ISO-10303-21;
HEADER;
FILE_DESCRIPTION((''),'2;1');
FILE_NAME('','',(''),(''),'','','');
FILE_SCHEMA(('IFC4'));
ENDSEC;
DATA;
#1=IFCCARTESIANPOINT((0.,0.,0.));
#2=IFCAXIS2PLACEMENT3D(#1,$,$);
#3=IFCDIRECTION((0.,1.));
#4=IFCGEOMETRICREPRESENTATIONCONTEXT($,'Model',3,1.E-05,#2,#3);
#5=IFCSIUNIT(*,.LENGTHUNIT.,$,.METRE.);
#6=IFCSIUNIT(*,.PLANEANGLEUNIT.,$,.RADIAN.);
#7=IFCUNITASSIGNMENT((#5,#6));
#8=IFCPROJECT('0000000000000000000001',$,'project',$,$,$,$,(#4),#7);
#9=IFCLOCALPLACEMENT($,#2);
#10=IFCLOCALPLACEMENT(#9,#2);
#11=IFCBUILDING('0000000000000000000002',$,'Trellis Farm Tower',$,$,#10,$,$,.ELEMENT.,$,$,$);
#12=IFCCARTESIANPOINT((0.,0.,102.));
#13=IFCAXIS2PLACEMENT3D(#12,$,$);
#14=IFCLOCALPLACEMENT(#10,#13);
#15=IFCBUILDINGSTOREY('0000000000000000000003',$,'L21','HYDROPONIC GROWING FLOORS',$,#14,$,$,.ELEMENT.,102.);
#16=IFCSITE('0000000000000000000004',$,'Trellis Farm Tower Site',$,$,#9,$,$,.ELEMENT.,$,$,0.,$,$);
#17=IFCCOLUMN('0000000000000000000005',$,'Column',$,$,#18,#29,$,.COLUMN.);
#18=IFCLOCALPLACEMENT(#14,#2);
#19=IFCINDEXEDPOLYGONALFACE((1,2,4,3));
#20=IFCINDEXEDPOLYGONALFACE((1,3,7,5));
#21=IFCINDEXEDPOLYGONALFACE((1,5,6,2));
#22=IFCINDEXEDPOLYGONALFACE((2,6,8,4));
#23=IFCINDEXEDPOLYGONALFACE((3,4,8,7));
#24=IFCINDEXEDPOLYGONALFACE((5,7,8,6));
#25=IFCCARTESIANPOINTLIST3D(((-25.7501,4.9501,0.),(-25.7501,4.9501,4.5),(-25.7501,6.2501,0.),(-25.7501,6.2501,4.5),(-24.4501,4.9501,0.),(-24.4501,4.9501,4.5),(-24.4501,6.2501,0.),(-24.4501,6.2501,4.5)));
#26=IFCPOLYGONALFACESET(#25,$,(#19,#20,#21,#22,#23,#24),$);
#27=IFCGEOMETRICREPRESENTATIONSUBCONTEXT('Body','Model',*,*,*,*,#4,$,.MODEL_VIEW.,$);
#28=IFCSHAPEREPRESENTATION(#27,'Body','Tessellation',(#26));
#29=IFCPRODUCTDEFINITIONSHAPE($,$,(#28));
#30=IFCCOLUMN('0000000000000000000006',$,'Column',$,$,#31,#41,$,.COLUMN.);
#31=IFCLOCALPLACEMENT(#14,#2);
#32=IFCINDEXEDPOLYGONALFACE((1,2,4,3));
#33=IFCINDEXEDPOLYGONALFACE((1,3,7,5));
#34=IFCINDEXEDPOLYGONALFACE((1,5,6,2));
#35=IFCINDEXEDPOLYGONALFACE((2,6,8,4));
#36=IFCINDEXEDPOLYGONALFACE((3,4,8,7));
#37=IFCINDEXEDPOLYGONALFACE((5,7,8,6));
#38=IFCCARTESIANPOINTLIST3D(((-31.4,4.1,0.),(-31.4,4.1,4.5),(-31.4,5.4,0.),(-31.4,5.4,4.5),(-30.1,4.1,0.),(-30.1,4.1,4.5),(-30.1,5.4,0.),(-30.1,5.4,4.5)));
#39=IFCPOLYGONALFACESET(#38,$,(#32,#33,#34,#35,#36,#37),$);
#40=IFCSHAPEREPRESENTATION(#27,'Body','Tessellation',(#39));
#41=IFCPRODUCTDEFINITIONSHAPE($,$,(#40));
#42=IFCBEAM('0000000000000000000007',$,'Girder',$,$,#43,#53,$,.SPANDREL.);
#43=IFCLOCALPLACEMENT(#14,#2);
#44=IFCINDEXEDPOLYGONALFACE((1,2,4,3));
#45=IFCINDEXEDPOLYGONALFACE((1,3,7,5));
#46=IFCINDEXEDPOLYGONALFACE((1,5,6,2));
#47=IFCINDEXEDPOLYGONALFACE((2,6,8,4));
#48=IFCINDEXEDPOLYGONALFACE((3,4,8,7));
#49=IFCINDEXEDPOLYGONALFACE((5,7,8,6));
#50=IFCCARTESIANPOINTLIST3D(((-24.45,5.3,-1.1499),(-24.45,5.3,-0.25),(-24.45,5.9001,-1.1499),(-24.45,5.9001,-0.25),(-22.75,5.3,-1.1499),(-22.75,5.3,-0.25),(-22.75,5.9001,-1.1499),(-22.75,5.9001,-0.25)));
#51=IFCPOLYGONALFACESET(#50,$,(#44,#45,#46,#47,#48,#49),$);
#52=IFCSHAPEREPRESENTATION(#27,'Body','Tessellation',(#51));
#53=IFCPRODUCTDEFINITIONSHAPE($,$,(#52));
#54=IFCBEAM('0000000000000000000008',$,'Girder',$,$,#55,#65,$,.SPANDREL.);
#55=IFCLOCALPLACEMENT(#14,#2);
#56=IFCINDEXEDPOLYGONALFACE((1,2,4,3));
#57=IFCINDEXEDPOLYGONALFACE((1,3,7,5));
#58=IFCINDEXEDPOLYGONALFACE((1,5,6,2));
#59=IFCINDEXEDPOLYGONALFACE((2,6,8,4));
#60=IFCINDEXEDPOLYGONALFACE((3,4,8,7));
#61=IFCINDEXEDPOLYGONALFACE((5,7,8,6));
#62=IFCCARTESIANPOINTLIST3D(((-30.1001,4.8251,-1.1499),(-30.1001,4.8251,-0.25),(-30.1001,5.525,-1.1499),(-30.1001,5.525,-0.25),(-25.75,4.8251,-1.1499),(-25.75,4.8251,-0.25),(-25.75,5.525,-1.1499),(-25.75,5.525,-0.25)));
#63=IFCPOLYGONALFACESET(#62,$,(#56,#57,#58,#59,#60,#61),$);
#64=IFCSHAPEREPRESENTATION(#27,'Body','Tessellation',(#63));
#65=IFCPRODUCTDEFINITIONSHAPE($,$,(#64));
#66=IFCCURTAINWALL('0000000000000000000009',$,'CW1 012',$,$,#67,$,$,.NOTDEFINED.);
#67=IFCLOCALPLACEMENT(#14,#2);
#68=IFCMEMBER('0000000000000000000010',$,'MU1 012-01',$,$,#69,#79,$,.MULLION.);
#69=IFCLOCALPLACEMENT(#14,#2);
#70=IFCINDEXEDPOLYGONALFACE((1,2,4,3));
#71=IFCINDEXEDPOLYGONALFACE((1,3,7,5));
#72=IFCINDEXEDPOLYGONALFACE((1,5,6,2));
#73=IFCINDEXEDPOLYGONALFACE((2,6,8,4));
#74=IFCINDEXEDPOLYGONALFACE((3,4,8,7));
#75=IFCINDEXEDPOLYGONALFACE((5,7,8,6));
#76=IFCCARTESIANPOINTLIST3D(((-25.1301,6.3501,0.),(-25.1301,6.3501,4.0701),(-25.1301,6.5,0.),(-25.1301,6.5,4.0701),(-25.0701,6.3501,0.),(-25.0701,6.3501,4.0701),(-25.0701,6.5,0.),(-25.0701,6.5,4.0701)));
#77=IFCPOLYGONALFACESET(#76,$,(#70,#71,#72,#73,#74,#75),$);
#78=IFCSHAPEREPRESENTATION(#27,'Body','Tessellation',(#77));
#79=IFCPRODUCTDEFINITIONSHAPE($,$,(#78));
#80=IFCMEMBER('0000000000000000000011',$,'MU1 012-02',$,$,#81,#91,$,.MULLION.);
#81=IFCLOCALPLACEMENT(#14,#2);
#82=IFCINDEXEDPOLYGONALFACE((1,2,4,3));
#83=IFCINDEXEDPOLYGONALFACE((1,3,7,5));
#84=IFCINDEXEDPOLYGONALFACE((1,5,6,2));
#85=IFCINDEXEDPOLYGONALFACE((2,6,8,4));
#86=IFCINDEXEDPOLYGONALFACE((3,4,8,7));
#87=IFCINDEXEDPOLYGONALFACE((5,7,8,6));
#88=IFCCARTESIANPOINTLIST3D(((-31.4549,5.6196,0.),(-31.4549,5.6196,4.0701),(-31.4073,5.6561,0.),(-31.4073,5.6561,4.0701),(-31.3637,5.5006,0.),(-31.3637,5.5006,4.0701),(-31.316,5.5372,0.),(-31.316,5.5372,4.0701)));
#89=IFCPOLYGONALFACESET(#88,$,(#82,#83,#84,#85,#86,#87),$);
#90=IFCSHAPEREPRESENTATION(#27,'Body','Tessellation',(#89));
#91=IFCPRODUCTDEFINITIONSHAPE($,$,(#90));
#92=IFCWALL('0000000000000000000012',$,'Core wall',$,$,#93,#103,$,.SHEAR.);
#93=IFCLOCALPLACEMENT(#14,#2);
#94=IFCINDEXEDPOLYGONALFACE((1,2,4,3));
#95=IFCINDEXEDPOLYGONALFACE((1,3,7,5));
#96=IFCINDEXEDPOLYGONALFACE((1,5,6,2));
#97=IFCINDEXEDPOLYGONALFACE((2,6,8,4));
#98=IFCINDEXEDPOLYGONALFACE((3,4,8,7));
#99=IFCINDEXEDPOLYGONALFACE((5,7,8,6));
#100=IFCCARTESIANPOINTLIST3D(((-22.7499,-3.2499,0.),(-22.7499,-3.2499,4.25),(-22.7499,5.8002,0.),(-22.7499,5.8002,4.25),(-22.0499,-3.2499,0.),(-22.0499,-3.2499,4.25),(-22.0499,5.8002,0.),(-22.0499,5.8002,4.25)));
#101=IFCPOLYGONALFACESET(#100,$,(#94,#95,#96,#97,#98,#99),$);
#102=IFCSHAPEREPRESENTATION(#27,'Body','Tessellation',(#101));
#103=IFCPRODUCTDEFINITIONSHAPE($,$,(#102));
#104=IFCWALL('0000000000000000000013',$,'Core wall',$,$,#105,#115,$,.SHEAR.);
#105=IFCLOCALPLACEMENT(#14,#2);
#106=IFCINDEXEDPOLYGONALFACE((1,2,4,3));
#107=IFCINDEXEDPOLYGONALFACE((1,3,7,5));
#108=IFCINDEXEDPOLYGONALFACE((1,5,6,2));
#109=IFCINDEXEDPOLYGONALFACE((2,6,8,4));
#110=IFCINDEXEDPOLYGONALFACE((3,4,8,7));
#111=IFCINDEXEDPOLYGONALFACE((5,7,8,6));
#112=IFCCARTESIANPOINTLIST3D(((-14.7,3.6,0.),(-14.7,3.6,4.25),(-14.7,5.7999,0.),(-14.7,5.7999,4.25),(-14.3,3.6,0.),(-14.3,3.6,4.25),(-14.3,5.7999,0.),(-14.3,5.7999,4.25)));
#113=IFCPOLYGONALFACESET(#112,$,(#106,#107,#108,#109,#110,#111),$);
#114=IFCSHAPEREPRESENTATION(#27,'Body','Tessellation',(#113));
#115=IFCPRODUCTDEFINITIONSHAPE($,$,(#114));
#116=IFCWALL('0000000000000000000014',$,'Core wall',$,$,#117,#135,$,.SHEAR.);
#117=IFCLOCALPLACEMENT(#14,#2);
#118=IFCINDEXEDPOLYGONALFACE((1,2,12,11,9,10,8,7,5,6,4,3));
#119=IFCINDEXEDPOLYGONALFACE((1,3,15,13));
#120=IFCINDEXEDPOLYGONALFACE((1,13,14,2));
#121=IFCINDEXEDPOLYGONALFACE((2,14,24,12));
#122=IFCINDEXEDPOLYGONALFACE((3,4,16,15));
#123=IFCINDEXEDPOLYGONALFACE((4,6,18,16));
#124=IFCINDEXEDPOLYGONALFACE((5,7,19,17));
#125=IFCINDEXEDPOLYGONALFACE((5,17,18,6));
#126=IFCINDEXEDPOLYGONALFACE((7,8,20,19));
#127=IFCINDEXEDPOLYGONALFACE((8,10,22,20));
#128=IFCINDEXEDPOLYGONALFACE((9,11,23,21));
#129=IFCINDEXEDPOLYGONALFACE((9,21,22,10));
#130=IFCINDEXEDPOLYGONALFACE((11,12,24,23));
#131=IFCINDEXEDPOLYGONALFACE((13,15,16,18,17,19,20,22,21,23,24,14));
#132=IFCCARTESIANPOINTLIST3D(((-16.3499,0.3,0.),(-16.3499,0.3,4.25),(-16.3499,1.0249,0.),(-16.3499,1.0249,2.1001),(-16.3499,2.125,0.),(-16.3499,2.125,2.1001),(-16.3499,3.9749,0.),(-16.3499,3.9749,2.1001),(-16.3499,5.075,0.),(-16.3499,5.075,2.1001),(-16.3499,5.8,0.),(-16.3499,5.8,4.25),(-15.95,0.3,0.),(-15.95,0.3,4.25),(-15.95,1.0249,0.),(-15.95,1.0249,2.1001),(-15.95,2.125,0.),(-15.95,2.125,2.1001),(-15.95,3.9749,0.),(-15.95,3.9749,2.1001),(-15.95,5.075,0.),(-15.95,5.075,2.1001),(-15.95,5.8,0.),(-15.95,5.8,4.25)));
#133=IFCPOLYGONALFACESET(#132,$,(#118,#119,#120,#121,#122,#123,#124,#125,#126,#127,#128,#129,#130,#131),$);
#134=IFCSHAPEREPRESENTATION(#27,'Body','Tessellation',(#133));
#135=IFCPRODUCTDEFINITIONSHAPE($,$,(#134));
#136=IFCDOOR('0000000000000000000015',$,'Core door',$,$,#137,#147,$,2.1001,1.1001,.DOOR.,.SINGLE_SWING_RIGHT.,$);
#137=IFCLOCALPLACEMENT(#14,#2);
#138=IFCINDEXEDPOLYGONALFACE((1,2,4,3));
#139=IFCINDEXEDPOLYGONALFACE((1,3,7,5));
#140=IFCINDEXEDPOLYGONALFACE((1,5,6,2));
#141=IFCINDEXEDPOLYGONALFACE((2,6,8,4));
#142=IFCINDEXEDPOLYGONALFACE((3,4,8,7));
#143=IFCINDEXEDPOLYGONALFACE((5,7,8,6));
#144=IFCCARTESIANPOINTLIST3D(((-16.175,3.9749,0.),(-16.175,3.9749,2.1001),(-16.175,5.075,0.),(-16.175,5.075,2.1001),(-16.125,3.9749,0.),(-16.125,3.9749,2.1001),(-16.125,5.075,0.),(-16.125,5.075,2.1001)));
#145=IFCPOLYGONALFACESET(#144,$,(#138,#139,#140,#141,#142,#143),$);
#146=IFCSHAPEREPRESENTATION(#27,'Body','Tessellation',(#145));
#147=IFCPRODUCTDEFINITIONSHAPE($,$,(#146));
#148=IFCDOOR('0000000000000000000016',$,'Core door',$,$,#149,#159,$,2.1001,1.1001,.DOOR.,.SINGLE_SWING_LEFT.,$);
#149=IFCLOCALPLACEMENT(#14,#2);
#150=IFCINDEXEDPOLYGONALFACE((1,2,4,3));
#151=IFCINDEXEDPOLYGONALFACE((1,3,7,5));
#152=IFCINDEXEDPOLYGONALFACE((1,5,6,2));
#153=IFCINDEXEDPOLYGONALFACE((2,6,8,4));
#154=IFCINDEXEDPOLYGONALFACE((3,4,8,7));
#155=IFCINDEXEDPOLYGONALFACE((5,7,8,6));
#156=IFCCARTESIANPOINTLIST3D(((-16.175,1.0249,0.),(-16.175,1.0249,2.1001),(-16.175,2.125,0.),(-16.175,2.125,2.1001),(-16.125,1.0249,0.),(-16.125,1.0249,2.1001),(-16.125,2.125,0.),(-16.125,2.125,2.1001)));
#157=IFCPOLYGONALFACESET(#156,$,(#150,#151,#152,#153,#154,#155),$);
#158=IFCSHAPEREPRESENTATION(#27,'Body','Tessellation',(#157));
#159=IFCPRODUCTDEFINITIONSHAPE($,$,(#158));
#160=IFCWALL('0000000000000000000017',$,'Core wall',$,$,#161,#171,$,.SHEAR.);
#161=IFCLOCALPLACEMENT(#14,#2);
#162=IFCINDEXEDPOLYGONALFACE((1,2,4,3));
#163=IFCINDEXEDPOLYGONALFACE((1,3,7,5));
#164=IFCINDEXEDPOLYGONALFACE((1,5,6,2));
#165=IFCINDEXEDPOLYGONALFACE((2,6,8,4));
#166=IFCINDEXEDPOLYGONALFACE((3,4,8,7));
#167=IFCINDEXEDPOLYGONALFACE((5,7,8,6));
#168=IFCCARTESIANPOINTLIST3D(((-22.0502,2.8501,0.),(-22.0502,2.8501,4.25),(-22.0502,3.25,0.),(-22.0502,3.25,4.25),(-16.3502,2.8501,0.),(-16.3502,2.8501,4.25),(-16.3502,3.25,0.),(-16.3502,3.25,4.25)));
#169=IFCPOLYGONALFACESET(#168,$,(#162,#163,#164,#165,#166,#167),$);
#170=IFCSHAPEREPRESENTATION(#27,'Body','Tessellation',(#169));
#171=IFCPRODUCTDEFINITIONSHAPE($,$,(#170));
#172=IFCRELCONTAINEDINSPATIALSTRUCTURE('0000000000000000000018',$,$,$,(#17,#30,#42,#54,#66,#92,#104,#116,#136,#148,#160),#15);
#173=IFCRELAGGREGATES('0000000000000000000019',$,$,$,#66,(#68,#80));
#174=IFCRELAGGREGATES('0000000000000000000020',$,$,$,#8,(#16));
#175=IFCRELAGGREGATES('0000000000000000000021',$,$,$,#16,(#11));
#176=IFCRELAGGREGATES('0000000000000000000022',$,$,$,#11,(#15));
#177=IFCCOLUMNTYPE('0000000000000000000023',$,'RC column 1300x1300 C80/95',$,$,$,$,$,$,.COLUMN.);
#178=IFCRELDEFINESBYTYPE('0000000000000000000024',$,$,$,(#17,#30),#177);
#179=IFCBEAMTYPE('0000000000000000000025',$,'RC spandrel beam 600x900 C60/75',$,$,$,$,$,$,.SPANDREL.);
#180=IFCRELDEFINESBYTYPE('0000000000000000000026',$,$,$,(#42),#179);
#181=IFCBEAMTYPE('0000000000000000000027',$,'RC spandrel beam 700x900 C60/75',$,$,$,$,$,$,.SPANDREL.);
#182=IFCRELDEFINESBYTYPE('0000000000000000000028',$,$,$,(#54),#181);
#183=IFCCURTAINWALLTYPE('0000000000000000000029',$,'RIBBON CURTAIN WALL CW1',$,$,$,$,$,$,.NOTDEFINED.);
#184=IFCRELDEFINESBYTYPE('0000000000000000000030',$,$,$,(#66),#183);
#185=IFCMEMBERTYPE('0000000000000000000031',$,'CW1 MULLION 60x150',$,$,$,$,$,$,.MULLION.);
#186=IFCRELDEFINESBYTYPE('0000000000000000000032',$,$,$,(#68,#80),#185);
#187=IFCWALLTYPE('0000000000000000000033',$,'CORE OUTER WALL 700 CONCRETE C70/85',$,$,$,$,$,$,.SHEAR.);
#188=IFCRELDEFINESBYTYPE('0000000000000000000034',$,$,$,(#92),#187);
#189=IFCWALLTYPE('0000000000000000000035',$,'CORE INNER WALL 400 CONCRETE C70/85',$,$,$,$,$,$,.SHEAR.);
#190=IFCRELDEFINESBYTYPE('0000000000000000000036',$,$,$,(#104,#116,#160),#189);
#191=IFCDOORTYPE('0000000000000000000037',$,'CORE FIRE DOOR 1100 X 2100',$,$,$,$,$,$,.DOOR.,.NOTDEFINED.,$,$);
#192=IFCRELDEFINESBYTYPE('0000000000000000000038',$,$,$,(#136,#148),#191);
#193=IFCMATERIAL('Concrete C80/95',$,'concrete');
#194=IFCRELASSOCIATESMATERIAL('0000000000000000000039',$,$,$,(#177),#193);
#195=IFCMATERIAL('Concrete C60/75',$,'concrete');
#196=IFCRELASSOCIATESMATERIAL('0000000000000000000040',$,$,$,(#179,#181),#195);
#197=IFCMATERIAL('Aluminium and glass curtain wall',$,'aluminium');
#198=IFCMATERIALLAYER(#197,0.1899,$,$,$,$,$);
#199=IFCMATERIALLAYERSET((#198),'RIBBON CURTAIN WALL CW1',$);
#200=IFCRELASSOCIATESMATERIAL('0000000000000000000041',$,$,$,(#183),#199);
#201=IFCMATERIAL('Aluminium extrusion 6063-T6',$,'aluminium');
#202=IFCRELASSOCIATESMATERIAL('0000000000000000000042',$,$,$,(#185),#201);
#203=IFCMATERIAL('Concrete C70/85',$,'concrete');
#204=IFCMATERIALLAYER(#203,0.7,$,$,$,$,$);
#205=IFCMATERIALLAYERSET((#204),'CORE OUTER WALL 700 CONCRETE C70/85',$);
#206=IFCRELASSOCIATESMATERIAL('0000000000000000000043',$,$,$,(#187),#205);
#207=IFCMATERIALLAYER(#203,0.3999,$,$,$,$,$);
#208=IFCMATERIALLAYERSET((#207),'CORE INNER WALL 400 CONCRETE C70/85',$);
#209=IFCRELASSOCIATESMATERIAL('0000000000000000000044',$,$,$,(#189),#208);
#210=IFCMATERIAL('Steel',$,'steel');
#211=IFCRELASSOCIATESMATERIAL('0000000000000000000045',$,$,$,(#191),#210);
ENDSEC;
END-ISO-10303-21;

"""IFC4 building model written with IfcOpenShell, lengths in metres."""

from ifc_helpers import new_model, si_unit, direction, frame, frame_2d, origin, origin_2d, place, context, subcontext, project, spatial, rectangle, extrude, source, transform, mapped, material, layer, layer_set, material_profile, profile_set, type_object, element, fill, aggregate, save


model = new_model("IFC4")

# Units and contexts
model_context = context("Model", 3, precision=1e-05, world=origin(), true_north=direction((0.0, 1.0)))
body_context = subcontext(model_context, "Body", "Model", "MODEL_VIEW")
ifc_project = project(units=[si_unit("LENGTHUNIT", "METRE"), si_unit("PLANEANGLEUNIT", "RADIAN")], contexts=[model_context])

# Site, building, storey
site_placement = place(None, origin())
site = spatial("IfcSite", under=ifc_project, at=site_placement, Name="Trellis Farm Tower Site", CompositionType="ELEMENT", RefElevation=0.0)
building_placement = place(site_placement, origin())
building = spatial("IfcBuilding", under=site, at=building_placement, Name="Trellis Farm Tower", CompositionType="ELEMENT")
storey_placement = place(building_placement, frame((0.0, 0.0, 102.0)))
storey = spatial("IfcBuildingStorey", under=building, at=storey_placement, Name="L21", Description="HYDROPONIC GROWING FLOORS", CompositionType="ELEMENT", Elevation=102.0)

# Columns
ifc_material_1 = material(Name="Concrete C80/95", Category="concrete")
ifc_material_profile_1 = material_profile(ifc_material_1, rectangle(XDim=1.3, YDim=1.3, at=origin_2d()), Name="RC column 1300x1300 C80/95")
ifc_profile_set_1 = profile_set([ifc_material_profile_1], Name="Concrete C80/95")
column_type = type_object("IfcColumnType", Name="RC column 1300x1300 C80/95", PredefinedType="COLUMN", material=ifc_profile_set_1)
shared_shape_1 = source(origin(), body_context, "Body", "SweptSolid", [
    extrude(rectangle(XDim=1.3, YDim=1.3, at=origin_2d()), origin(), (0.0, 0.0, 1.0), 4.5),
])
for number, where, z_axis, x_axis, name in (
    (1, (-25.1001, 5.6001, 0.0), (0.0, 0.0, 1.0), (1.0, 0.0, 0.0), "Column"),
    (2, (-30.75, 4.75, 0.0), (0.0, 0.0, 1.0), (1.0, 0.0, 0.0), "Column"),
):
    element("IfcColumn", number, at=place(storey_placement, frame(where, z_axis=z_axis, x_axis=x_axis)), inside=storey, type_object=column_type, Name=name, PredefinedType="COLUMN", context=body_context, shape_type="MappedRepresentation", body=[
        mapped(shared_shape_1, transform((0.0, 0.0, 0.0))),
    ])

# Beams
ifc_material_2 = material(Name="Concrete C60/75", Category="concrete")
ifc_material_profile_2 = material_profile(ifc_material_2, rectangle(XDim=0.6001, YDim=0.8999, at=origin_2d()), Name="RC spandrel beam 600x900 C60/75")
ifc_profile_set_2 = profile_set([ifc_material_profile_2], Name="Concrete C60/75")
beam_type_1 = type_object("IfcBeamType", Name="RC spandrel beam 600x900 C60/75", PredefinedType="SPANDREL", material=ifc_profile_set_2)
shared_shape_2 = source(origin(), body_context, "Body", "SweptSolid", [
    extrude(rectangle(XDim=0.6001, YDim=0.8999, at=origin_2d()), origin(), (0.0, 0.0, 1.0), 1.7),
])
beam_1_placement = place(storey_placement, frame((-24.45, 5.6001, -0.7), z_axis=(1.0, 0.0, 0.0), x_axis=(0.0, 1.0, 0.0)))
element("IfcBeam", 3, at=beam_1_placement, inside=storey, type_object=beam_type_1, Name="Girder", PredefinedType="SPANDREL", context=body_context, shape_type="MappedRepresentation", body=[
    mapped(shared_shape_2, transform((0.0, 0.0, 0.0))),
])
ifc_material_profile_3 = material_profile(ifc_material_2, rectangle(XDim=0.7, YDim=0.8999, at=origin_2d()), Name="RC spandrel beam 700x900 C60/75")
ifc_profile_set_3 = profile_set([ifc_material_profile_3], Name="Concrete C60/75")
beam_type_2 = type_object("IfcBeamType", Name="RC spandrel beam 700x900 C60/75", PredefinedType="SPANDREL", material=ifc_profile_set_3)
shared_shape_3 = source(origin(), body_context, "Body", "SweptSolid", [
    extrude(rectangle(XDim=0.7, YDim=0.8999, at=origin_2d()), origin(), (0.0, 0.0, 1.0), 4.3501),
])
beam_2_placement = place(storey_placement, frame((-30.1001, 5.175, -0.7), z_axis=(1.0, 0.0, 0.0), x_axis=(0.0, 1.0, 0.0)))
element("IfcBeam", 4, at=beam_2_placement, inside=storey, type_object=beam_type_2, Name="Girder", PredefinedType="SPANDREL", context=body_context, shape_type="MappedRepresentation", body=[
    mapped(shared_shape_3, transform((0.0, 0.0, 0.0))),
])

# Curtain wall, members
ifc_material_3 = material(Name="Aluminium and glass curtain wall", Category="aluminium")
ifc_layer_1 = layer(ifc_material_3, 0.1899)
ifc_layer_set_1 = layer_set([ifc_layer_1], Name="RIBBON CURTAIN WALL CW1")
curtain_wall_type = type_object("IfcCurtainWallType", Name="RIBBON CURTAIN WALL CW1", PredefinedType="NOTDEFINED", material=ifc_layer_set_1)
placement = place(storey_placement, origin())
curtain_wall = element("IfcCurtainWall", 5, at=placement, inside=storey, type_object=curtain_wall_type, Name="CW1 012", PredefinedType="NOTDEFINED")
ifc_material_4 = material(Name="Aluminium extrusion 6063-T6", Category="aluminium")
ifc_material_profile_4 = material_profile(ifc_material_4, rectangle(XDim=0.0601, YDim=0.1499, at=origin_2d()), Name="MULLION 60x150")
ifc_profile_set_4 = profile_set([ifc_material_profile_4], Name="Aluminium extrusion 6063-T6")
member_type = type_object("IfcMemberType", Name="CW1 MULLION 60x150", PredefinedType="MULLION", material=ifc_profile_set_4)
shared_shape_4 = source(origin(), body_context, "Body", "SweptSolid", [
    extrude(rectangle(XDim=0.0601, YDim=0.1499, at=origin_2d()), origin(), (0.0, 0.0, 1.0), 4.0701),
])
member_1_placement = place(storey_placement, frame((-25.1001, 6.425, 0.0), z_axis=(0.0, 0.0, 1.0), x_axis=(-1.0, 0.0, 0.0)))
member_1 = element("IfcMember", 6, at=member_1_placement, type_object=member_type, Name="MU1 012-01", PredefinedType="MULLION", context=body_context, shape_type="MappedRepresentation", body=[
    mapped(shared_shape_4, transform((0.0, 0.0, 0.0))),
])
member_2_placement = place(storey_placement, frame((-31.3855, 5.5784, 0.0), z_axis=(0.0, 0.0, 1.0), x_axis=(-0.793353, -0.608761, 0.0)))
member_2 = element("IfcMember", 7, at=member_2_placement, type_object=member_type, Name="MU1 012-02", PredefinedType="MULLION", context=body_context, shape_type="MappedRepresentation", body=[
    mapped(shared_shape_4, transform((0.0, 0.0, 0.0))),
])
aggregate(curtain_wall, [member_1, member_2])

# Walls
ifc_material_5 = material(Name="Concrete C70/85", Category="concrete")
ifc_layer_2 = layer(ifc_material_5, 0.7)
ifc_layer_set_2 = layer_set([ifc_layer_2], Name="CORE OUTER WALL 700 CONCRETE C70/85")
wall_type_1 = type_object("IfcWallType", Name="CORE OUTER WALL 700 CONCRETE C70/85", PredefinedType="SHEAR", material=ifc_layer_set_2)
shared_shape_5 = source(origin(), body_context, "Body", "SweptSolid", [
    extrude(rectangle(XDim=9.05, YDim=0.7, at=frame_2d((4.5249, 0.0))), origin(), (0.0, 0.0, 1.0), 4.25),
])
wall_1_placement = place(storey_placement, frame((-22.3999, 5.8, 0.0), z_axis=(0.0, 0.0, 1.0), x_axis=(0.0, -1.0, 0.0)))
element("IfcWall", 8, at=wall_1_placement, inside=storey, type_object=wall_type_1, Name="Core wall", PredefinedType="SHEAR", context=body_context, shape_type="MappedRepresentation", body=[
    mapped(shared_shape_5, transform((0.0, 0.0, 0.0))),
])
ifc_layer_3 = layer(ifc_material_5, 0.3999)
ifc_layer_set_3 = layer_set([ifc_layer_3], Name="CORE INNER WALL 400 CONCRETE C70/85")
wall_type_2 = type_object("IfcWallType", Name="CORE INNER WALL 400 CONCRETE C70/85", PredefinedType="SHEAR", material=ifc_layer_set_3)
shared_shape_6 = source(origin(), body_context, "Body", "SweptSolid", [
    extrude(rectangle(XDim=2.2, YDim=0.3999, at=frame_2d((1.1001, 0.0))), origin(), (0.0, 0.0, 1.0), 4.25),
])
wall_2_placement = place(storey_placement, frame((-14.5, 5.8, 0.0), z_axis=(0.0, 0.0, 1.0), x_axis=(0.0, -1.0, 0.0)))
element("IfcWall", 9, at=wall_2_placement, inside=storey, type_object=wall_type_2, Name="Core wall", PredefinedType="SHEAR", context=body_context, shape_type="MappedRepresentation", body=[
    mapped(shared_shape_6, transform((0.0, 0.0, 0.0))),
])

# Wall, openings, doors
shared_shape_7 = source(origin(), body_context, "Body", "SweptSolid", [
    extrude(rectangle(XDim=5.5, YDim=0.3999, at=frame_2d((2.75, 0.0))), origin(), (0.0, 0.0, 1.0), 4.25),
])
wall_3_placement = place(storey_placement, frame((-16.1499, 5.8, 0.0), z_axis=(0.0, 0.0, 1.0), x_axis=(0.0, -1.0, 0.0)))
wall_3 = element("IfcWall", 10, at=wall_3_placement, inside=storey, type_object=wall_type_2, Name="Core wall", PredefinedType="SHEAR", context=body_context, shape_type="MappedRepresentation", body=[
    mapped(shared_shape_7, transform((0.0, 0.0, 0.0))),
])
shared_shape_8 = source(origin(), body_context, "Body", "SweptSolid", [
    extrude(rectangle(XDim=1.1001, YDim=2.1001, at=frame_2d((0.55, 1.05))), frame((0.0, 0.21, 0.0), z_axis=(0.0, -1.0, 0.0), x_axis=(1.0, 0.0, 0.0)), (0.0, 0.0, 1.0), 0.4199),
])
opening_1_placement = place(wall_3_placement, frame((0.7251, 0.0, 0.0)))
opening_1 = element("IfcOpeningElement", 11, at=opening_1_placement, cuts=wall_3, PredefinedType="OPENING", context=body_context, shape_type="MappedRepresentation", body=[
    mapped(shared_shape_8, transform((0.0, 0.0, 0.0))),
])
opening_2_placement = place(wall_3_placement, frame((3.675, 0.0, 0.0)))
opening_2 = element("IfcOpeningElement", 12, at=opening_2_placement, cuts=wall_3, PredefinedType="OPENING", context=body_context, shape_type="MappedRepresentation", body=[
    mapped(shared_shape_8, transform((0.0, 0.0, 0.0))),
])
ifc_material_6 = material(Name="Steel", Category="steel")
door_type = type_object("IfcDoorType", Name="CORE FIRE DOOR 1100 X 2100", OperationType="NOTDEFINED", PredefinedType="DOOR", material=ifc_material_6)
shared_shape_9 = source(origin(), body_context, "Body", "SweptSolid", [
    extrude(rectangle(XDim=1.1001, YDim=2.1001, at=frame_2d((0.55, 1.05))), frame((0.0, 0.0249, 0.0), z_axis=(0.0, -1.0, 0.0), x_axis=(1.0, 0.0, 0.0)), (0.0, 0.0, 1.0), 0.05),
])
door_1_placement = place(opening_1_placement, origin())
door_1 = element("IfcDoor", 13, at=door_1_placement, inside=storey, type_object=door_type, Name="Core door", OperationType="SINGLE_SWING_RIGHT", OverallHeight=2.1001, OverallWidth=1.1001, PredefinedType="DOOR", context=body_context, shape_type="MappedRepresentation", body=[
    mapped(shared_shape_9, transform((0.0, 0.0, 0.0))),
])
fill(opening_1, door_1)
door_2_placement = place(opening_2_placement, origin())
door_2 = element("IfcDoor", 14, at=door_2_placement, inside=storey, type_object=door_type, Name="Core door", OperationType="SINGLE_SWING_LEFT", OverallHeight=2.1001, OverallWidth=1.1001, PredefinedType="DOOR", context=body_context, shape_type="MappedRepresentation", body=[
    mapped(shared_shape_9, transform((0.0, 0.0, 0.0))),
])
fill(opening_2, door_2)

# Wall
shared_shape_10 = source(origin(), body_context, "Body", "SweptSolid", [
    extrude(rectangle(XDim=5.7, YDim=0.3999, at=frame_2d((2.8501, 0.0))), origin(), (0.0, 0.0, 1.0), 4.25),
])
wall_4_placement = place(storey_placement, frame((-16.3501, 3.05, 0.0), z_axis=(0.0, 0.0, 1.0), x_axis=(-1.0, 0.0, 0.0)))
element("IfcWall", 15, at=wall_4_placement, inside=storey, type_object=wall_type_2, Name="Core wall", PredefinedType="SHEAR", context=body_context, shape_type="MappedRepresentation", body=[
    mapped(shared_shape_10, transform((0.0, 0.0, 0.0))),
])

save(model, "model.ifc")
